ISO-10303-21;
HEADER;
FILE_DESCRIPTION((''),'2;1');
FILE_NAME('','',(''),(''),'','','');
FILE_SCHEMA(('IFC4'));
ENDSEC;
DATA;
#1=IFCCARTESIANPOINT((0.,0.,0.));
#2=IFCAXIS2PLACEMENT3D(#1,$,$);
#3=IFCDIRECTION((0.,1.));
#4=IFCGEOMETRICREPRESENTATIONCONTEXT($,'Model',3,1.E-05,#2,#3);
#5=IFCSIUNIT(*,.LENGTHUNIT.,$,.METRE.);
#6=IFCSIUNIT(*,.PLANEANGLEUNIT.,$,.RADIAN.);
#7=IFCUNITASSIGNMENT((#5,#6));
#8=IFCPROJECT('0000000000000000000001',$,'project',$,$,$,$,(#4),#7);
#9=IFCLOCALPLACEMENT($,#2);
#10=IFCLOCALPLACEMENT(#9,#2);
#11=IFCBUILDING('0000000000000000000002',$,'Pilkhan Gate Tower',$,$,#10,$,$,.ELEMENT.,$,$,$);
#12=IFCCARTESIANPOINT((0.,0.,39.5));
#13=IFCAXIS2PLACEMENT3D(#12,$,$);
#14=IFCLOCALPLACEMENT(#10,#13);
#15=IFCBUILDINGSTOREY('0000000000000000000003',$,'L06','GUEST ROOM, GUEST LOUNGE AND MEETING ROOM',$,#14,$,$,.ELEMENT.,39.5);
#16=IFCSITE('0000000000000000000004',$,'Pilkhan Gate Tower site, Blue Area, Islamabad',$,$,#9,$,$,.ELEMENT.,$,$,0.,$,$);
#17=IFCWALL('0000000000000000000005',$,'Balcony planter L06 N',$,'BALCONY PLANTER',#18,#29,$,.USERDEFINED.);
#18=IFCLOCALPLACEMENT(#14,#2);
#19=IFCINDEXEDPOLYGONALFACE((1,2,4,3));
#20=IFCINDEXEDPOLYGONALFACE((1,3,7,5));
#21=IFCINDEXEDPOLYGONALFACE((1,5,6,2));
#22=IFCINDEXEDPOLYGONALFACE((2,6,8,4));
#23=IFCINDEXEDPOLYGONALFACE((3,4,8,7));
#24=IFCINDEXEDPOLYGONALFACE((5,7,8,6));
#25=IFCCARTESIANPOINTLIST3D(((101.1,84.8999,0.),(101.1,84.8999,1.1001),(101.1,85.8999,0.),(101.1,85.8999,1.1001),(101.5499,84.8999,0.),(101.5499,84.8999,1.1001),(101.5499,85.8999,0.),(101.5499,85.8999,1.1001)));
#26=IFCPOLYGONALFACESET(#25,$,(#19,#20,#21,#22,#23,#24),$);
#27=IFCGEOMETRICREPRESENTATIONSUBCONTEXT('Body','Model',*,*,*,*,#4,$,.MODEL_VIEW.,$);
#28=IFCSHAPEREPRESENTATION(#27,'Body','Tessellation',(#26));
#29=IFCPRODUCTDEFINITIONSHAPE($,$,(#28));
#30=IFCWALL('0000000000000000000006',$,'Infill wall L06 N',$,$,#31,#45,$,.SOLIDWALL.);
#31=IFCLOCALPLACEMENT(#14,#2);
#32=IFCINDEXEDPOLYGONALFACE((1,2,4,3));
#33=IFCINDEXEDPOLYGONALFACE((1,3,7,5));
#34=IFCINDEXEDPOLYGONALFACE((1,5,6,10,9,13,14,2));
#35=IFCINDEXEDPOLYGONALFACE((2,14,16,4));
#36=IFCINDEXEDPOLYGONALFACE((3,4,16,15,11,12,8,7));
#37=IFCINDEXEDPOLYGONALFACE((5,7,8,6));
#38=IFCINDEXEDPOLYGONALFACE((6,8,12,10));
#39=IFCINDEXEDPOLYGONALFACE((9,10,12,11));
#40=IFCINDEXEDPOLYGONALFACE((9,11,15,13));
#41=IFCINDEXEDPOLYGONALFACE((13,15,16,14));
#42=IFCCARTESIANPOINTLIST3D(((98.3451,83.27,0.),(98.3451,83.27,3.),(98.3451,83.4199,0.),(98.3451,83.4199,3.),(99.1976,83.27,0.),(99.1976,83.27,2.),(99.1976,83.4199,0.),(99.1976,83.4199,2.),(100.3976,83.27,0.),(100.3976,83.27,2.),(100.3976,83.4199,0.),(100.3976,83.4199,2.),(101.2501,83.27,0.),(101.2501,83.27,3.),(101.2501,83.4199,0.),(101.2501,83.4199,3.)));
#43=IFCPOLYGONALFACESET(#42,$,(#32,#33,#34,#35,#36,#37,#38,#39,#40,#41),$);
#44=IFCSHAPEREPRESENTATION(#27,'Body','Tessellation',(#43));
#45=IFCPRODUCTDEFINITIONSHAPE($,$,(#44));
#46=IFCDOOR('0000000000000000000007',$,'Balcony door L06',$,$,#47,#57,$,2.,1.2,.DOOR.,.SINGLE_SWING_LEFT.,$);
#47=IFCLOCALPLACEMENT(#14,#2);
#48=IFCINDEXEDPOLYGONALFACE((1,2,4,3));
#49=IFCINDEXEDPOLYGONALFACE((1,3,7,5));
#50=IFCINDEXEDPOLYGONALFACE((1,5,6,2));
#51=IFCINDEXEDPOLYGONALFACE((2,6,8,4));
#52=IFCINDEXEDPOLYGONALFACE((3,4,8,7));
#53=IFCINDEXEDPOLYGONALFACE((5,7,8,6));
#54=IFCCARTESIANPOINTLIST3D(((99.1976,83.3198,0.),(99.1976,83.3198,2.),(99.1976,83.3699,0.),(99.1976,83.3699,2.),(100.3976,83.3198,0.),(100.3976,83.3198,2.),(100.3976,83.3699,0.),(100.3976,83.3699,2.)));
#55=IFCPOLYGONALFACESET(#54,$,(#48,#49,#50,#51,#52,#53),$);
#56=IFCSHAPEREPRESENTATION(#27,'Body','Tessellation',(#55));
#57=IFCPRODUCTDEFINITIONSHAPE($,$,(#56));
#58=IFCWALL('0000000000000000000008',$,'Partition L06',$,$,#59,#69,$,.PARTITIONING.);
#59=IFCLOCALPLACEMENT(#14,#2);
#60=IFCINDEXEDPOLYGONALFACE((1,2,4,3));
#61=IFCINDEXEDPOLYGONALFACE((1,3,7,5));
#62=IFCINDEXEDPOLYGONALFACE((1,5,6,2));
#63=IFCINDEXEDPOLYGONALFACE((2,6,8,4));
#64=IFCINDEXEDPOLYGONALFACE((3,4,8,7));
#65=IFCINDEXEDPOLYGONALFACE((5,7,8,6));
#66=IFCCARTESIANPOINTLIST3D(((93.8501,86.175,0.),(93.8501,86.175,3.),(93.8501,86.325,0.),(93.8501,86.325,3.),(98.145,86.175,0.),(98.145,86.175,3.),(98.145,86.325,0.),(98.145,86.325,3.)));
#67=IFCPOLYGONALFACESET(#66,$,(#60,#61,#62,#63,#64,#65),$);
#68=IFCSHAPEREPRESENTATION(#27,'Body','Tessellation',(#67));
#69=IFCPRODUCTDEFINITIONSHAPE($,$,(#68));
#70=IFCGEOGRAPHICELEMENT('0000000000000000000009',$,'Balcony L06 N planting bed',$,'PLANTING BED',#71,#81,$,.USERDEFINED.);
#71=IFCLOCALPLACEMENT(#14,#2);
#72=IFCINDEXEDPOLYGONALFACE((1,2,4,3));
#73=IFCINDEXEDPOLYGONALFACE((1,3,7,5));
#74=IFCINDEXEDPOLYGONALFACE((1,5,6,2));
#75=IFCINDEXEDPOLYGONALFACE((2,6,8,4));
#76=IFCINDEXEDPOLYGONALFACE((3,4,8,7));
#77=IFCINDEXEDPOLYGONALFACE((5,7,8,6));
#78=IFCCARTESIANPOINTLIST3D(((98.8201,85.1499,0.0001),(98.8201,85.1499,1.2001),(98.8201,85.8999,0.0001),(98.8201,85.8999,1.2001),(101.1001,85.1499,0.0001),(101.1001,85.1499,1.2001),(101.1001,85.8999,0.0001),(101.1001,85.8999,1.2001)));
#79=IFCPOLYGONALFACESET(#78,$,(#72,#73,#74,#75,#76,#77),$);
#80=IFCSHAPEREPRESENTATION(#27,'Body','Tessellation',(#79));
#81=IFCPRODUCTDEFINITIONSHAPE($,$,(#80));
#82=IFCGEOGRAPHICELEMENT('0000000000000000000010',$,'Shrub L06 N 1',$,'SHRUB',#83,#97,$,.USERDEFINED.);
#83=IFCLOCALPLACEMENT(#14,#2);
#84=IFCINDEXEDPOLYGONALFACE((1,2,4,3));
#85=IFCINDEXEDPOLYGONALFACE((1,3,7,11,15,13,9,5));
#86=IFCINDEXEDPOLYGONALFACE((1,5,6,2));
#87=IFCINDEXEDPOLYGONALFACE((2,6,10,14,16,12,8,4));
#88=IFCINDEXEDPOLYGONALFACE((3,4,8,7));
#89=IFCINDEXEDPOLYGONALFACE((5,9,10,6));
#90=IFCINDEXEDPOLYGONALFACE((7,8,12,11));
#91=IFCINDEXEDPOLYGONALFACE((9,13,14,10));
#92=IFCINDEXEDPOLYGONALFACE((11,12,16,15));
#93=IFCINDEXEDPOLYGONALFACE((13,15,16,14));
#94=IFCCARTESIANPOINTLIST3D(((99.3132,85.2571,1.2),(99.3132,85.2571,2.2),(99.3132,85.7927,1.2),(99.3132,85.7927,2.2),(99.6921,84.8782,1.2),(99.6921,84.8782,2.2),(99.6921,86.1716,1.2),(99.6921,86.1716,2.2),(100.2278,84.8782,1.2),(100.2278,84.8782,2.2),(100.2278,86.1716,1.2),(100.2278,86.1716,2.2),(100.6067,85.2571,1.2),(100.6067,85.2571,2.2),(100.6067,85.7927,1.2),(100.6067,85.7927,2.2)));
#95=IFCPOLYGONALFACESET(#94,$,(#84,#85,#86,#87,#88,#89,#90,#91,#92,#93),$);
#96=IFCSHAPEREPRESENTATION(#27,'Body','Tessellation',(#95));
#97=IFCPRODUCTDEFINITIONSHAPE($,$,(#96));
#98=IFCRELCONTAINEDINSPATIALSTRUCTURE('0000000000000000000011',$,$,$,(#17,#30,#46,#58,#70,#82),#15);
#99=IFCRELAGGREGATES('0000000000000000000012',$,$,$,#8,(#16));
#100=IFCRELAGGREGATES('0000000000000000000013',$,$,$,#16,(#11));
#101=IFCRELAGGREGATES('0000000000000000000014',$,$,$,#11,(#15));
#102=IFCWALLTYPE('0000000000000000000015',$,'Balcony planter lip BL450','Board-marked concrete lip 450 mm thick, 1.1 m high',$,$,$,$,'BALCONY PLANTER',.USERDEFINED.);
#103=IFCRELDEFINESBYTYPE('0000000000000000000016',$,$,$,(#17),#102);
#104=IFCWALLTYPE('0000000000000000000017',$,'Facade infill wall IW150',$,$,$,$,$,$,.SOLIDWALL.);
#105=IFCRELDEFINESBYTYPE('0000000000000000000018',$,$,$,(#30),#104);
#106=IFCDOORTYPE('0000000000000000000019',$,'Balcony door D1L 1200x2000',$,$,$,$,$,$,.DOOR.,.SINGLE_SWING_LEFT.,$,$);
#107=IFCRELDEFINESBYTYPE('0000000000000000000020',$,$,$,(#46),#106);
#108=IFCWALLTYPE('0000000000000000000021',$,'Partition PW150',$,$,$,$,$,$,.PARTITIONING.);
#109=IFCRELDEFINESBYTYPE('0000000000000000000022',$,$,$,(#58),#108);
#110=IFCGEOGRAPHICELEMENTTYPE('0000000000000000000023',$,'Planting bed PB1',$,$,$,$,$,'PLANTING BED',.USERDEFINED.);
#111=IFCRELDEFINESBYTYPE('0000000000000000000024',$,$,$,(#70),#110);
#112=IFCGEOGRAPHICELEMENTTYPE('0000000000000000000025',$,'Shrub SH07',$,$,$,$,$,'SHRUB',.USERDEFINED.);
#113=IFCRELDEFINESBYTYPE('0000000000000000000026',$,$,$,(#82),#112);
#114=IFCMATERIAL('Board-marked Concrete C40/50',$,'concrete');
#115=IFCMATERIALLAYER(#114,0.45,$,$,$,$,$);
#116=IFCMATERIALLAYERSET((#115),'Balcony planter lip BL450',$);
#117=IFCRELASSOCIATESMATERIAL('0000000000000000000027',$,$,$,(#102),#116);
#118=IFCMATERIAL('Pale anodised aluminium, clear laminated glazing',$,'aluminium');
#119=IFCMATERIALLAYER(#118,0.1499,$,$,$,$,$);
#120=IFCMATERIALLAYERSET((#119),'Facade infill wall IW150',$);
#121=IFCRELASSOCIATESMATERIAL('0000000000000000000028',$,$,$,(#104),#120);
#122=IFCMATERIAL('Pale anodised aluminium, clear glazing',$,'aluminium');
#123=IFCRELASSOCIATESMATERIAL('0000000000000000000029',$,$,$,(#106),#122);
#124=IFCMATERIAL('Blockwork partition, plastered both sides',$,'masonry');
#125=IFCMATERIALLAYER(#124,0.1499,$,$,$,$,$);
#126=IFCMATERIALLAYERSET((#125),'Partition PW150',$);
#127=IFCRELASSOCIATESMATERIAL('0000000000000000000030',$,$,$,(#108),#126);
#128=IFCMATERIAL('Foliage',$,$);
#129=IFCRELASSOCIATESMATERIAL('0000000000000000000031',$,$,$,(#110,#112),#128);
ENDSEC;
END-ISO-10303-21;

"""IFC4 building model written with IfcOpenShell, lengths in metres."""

from ifc_helpers import new_model, si_unit, direction, frame, frame_2d, origin, origin_2d, place, context, subcontext, project, spatial, polyline, rectangle, outline, extrude, material, layer, layer_set, material_profile, profile_set, type_object, element, fill, save


model = new_model("IFC4")

# Units and contexts
model_context = context("Model", 3, precision=1e-05, world=origin(), true_north=direction((0.0, 1.0)))
body_context = subcontext(model_context, "Body", "Model", "MODEL_VIEW")
ifc_project = project(units=[si_unit("LENGTHUNIT", "METRE"), si_unit("PLANEANGLEUNIT", "RADIAN")], contexts=[model_context])

# Site, building, storey
site_placement = place(None, origin())
site = spatial("IfcSite", under=ifc_project, at=site_placement, Name="Pilkhan Gate Tower site, Blue Area, Islamabad", CompositionType="ELEMENT", RefElevation=0.0)
building_placement = place(site_placement, origin())
building = spatial("IfcBuilding", under=site, at=building_placement, Name="Pilkhan Gate Tower", CompositionType="ELEMENT")
storey_placement = place(building_placement, frame((0.0, 0.0, 39.5)))
storey = spatial("IfcBuildingStorey", under=building, at=storey_placement, Name="L06", Description="GUEST ROOM, GUEST LOUNGE AND MEETING ROOM", CompositionType="ELEMENT", Elevation=39.5)

# Wall
ifc_material_1 = material(Name="Board-marked Concrete C40/50", Category="concrete")
ifc_layer_1 = layer(ifc_material_1, 0.45)
ifc_layer_set_1 = layer_set([ifc_layer_1], Name="Balcony planter lip BL450")
wall_type_1 = type_object("IfcWallType", Name="Balcony planter lip BL450", Description="Board-marked concrete lip 450 mm thick, 1.1 m high", ElementType="BALCONY PLANTER", PredefinedType="USERDEFINED", material=ifc_layer_set_1)
for number, where, z_axis, x_axis, name in (
    (1, (101.325, 84.8999, 0.0), (0.0, 0.0, 1.0), (0.0, 1.0, 0.0), "Balcony planter L06 N"),
):
    element("IfcWall", number, at=place(storey_placement, frame(where, z_axis=z_axis, x_axis=x_axis)), inside=storey, type_object=wall_type_1, Name=name, ObjectType="BALCONY PLANTER", PredefinedType="USERDEFINED", context=body_context, shape_type="SweptSolid", body=[
        extrude(rectangle(XDim=1.0, YDim=0.45, at=frame_2d((0.5, 0.0))), origin(), (0.0, 0.0, 1.0), 1.1001),
    ])

# Wall, opening, door
ifc_material_2 = material(Name="Pale anodised aluminium, clear laminated glazing", Category="aluminium")
ifc_layer_2 = layer(ifc_material_2, 0.1499)
ifc_layer_set_2 = layer_set([ifc_layer_2], Name="Facade infill wall IW150")
wall_type_2 = type_object("IfcWallType", Name="Facade infill wall IW150", PredefinedType="SOLIDWALL", material=ifc_layer_set_2)
wall_1_placement = place(storey_placement, frame((98.345, 83.345, 0.0), z_axis=(0.0, 0.0, 1.0), x_axis=(1.0, 0.0, 0.0)))
wall_1 = element("IfcWall", 2, at=wall_1_placement, inside=storey, type_object=wall_type_2, Name="Infill wall L06 N", PredefinedType="SOLIDWALL", context=body_context, shape_type="SweptSolid", body=[
    extrude(rectangle(XDim=2.905, YDim=0.1499, at=frame_2d((1.4526, 0.0))), origin(), (0.0, 0.0, 1.0), 3.0),
])
opening_placement = place(wall_1_placement, frame((0.8525, 0.0, 0.0)))
opening = element("IfcOpeningElement", 3, at=opening_placement, cuts=wall_1, PredefinedType="OPENING", context=body_context, shape_type="SweptSolid", body=[
    extrude(rectangle(XDim=1.2, YDim=2.0, at=frame_2d((0.6001, 1.0))), frame((0.0, 0.085, 0.0), z_axis=(0.0, -1.0, 0.0), x_axis=(1.0, 0.0, 0.0)), (0.0, 0.0, 1.0), 0.1699),
])
ifc_material_3 = material(Name="Pale anodised aluminium, clear glazing", Category="aluminium")
door_type = type_object("IfcDoorType", Name="Balcony door D1L 1200x2000", OperationType="SINGLE_SWING_LEFT", PredefinedType="DOOR", material=ifc_material_3)
door_placement = place(opening_placement, origin())
door = element("IfcDoor", 4, at=door_placement, inside=storey, type_object=door_type, Name="Balcony door L06", OperationType="SINGLE_SWING_LEFT", OverallHeight=2.0, OverallWidth=1.2, PredefinedType="DOOR", context=body_context, shape_type="SweptSolid", body=[
    extrude(rectangle(XDim=1.2, YDim=2.0, at=frame_2d((0.6001, 1.0))), frame((0.0, 0.0249, 0.0), z_axis=(0.0, -1.0, 0.0), x_axis=(1.0, 0.0, 0.0)), (0.0, 0.0, 1.0), 0.05),
])
fill(opening, door)

# Wall
ifc_material_4 = material(Name="Blockwork partition, plastered both sides", Category="masonry")
ifc_layer_3 = layer(ifc_material_4, 0.1499)
ifc_layer_set_3 = layer_set([ifc_layer_3], Name="Partition PW150")
wall_type_3 = type_object("IfcWallType", Name="Partition PW150", PredefinedType="PARTITIONING", material=ifc_layer_set_3)
wall_2_placement = place(storey_placement, frame((93.8501, 86.25, 0.0), z_axis=(0.0, 0.0, 1.0), x_axis=(1.0, 0.0, 0.0)))
element("IfcWall", 5, at=wall_2_placement, inside=storey, type_object=wall_type_3, Name="Partition L06", PredefinedType="PARTITIONING", context=body_context, shape_type="SweptSolid", body=[
    extrude(rectangle(XDim=4.2949, YDim=0.1499, at=frame_2d((2.1475, 0.0))), origin(), (0.0, 0.0, 1.0), 3.0),
])

# Geographic elements
ifc_material_5 = material(Name="Foliage")
ifc_material_profile_1 = material_profile(ifc_material_5, rectangle(XDim=0.75, YDim=1.2, at=origin_2d()), Name="Bed 750x1200")
ifc_profile_set_1 = profile_set([ifc_material_profile_1], Name="Foliage")
geographic_element_type_1 = type_object("IfcGeographicElementType", Name="Planting bed PB1", ElementType="PLANTING BED", PredefinedType="USERDEFINED", material=ifc_profile_set_1)
geographic_element_1_placement = place(storey_placement, frame((98.8201, 85.5249, 0.6001), z_axis=(1.0, 0.0, 0.0), x_axis=(0.0, 1.0, 0.0)))
element("IfcGeographicElement", 6, at=geographic_element_1_placement, inside=storey, type_object=geographic_element_type_1, Name="Balcony L06 N planting bed", ObjectType="PLANTING BED", PredefinedType="USERDEFINED", context=body_context, shape_type="SweptSolid", body=[
    extrude(rectangle(XDim=0.75, YDim=1.2, at=origin_2d()), origin(), (0.0, 0.0, 1.0), 2.28),
])
ifc_material_profile_2 = material_profile(ifc_material_5, outline(polyline([(0.6467, 0.2678), (0.2678, 0.6467), (-0.2678, 0.6467), (-0.6467, 0.2678), (-0.6467, -0.2678), (-0.2678, -0.6467), (0.2678, -0.6467), (0.6467, -0.2678), (0.6467, 0.2678)])), Name="Shrub D1.4")
ifc_profile_set_2 = profile_set([ifc_material_profile_2], Name="Foliage")
geographic_element_type_2 = type_object("IfcGeographicElementType", Name="Shrub SH07", ElementType="SHRUB", PredefinedType="USERDEFINED", material=ifc_profile_set_2)
geographic_element_2_placement = place(storey_placement, frame((99.96, 85.5249, 1.2), z_axis=(0.0, 0.0, 1.0), x_axis=(1.0, 0.0, 0.0)))
element("IfcGeographicElement", 7, at=geographic_element_2_placement, inside=storey, type_object=geographic_element_type_2, Name="Shrub L06 N 1", ObjectType="SHRUB", PredefinedType="USERDEFINED", context=body_context, shape_type="SweptSolid", body=[
    extrude(outline(polyline([(0.6467, 0.2678), (0.2678, 0.6467), (-0.2678, 0.6467), (-0.6467, 0.2678), (-0.6467, -0.2678), (-0.2678, -0.6467), (0.2678, -0.6467), (0.6467, -0.2678), (0.6467, 0.2678)])), origin(), (0.0, 0.0, 1.0), 1.0),
])

save(model, "model.ifc")
